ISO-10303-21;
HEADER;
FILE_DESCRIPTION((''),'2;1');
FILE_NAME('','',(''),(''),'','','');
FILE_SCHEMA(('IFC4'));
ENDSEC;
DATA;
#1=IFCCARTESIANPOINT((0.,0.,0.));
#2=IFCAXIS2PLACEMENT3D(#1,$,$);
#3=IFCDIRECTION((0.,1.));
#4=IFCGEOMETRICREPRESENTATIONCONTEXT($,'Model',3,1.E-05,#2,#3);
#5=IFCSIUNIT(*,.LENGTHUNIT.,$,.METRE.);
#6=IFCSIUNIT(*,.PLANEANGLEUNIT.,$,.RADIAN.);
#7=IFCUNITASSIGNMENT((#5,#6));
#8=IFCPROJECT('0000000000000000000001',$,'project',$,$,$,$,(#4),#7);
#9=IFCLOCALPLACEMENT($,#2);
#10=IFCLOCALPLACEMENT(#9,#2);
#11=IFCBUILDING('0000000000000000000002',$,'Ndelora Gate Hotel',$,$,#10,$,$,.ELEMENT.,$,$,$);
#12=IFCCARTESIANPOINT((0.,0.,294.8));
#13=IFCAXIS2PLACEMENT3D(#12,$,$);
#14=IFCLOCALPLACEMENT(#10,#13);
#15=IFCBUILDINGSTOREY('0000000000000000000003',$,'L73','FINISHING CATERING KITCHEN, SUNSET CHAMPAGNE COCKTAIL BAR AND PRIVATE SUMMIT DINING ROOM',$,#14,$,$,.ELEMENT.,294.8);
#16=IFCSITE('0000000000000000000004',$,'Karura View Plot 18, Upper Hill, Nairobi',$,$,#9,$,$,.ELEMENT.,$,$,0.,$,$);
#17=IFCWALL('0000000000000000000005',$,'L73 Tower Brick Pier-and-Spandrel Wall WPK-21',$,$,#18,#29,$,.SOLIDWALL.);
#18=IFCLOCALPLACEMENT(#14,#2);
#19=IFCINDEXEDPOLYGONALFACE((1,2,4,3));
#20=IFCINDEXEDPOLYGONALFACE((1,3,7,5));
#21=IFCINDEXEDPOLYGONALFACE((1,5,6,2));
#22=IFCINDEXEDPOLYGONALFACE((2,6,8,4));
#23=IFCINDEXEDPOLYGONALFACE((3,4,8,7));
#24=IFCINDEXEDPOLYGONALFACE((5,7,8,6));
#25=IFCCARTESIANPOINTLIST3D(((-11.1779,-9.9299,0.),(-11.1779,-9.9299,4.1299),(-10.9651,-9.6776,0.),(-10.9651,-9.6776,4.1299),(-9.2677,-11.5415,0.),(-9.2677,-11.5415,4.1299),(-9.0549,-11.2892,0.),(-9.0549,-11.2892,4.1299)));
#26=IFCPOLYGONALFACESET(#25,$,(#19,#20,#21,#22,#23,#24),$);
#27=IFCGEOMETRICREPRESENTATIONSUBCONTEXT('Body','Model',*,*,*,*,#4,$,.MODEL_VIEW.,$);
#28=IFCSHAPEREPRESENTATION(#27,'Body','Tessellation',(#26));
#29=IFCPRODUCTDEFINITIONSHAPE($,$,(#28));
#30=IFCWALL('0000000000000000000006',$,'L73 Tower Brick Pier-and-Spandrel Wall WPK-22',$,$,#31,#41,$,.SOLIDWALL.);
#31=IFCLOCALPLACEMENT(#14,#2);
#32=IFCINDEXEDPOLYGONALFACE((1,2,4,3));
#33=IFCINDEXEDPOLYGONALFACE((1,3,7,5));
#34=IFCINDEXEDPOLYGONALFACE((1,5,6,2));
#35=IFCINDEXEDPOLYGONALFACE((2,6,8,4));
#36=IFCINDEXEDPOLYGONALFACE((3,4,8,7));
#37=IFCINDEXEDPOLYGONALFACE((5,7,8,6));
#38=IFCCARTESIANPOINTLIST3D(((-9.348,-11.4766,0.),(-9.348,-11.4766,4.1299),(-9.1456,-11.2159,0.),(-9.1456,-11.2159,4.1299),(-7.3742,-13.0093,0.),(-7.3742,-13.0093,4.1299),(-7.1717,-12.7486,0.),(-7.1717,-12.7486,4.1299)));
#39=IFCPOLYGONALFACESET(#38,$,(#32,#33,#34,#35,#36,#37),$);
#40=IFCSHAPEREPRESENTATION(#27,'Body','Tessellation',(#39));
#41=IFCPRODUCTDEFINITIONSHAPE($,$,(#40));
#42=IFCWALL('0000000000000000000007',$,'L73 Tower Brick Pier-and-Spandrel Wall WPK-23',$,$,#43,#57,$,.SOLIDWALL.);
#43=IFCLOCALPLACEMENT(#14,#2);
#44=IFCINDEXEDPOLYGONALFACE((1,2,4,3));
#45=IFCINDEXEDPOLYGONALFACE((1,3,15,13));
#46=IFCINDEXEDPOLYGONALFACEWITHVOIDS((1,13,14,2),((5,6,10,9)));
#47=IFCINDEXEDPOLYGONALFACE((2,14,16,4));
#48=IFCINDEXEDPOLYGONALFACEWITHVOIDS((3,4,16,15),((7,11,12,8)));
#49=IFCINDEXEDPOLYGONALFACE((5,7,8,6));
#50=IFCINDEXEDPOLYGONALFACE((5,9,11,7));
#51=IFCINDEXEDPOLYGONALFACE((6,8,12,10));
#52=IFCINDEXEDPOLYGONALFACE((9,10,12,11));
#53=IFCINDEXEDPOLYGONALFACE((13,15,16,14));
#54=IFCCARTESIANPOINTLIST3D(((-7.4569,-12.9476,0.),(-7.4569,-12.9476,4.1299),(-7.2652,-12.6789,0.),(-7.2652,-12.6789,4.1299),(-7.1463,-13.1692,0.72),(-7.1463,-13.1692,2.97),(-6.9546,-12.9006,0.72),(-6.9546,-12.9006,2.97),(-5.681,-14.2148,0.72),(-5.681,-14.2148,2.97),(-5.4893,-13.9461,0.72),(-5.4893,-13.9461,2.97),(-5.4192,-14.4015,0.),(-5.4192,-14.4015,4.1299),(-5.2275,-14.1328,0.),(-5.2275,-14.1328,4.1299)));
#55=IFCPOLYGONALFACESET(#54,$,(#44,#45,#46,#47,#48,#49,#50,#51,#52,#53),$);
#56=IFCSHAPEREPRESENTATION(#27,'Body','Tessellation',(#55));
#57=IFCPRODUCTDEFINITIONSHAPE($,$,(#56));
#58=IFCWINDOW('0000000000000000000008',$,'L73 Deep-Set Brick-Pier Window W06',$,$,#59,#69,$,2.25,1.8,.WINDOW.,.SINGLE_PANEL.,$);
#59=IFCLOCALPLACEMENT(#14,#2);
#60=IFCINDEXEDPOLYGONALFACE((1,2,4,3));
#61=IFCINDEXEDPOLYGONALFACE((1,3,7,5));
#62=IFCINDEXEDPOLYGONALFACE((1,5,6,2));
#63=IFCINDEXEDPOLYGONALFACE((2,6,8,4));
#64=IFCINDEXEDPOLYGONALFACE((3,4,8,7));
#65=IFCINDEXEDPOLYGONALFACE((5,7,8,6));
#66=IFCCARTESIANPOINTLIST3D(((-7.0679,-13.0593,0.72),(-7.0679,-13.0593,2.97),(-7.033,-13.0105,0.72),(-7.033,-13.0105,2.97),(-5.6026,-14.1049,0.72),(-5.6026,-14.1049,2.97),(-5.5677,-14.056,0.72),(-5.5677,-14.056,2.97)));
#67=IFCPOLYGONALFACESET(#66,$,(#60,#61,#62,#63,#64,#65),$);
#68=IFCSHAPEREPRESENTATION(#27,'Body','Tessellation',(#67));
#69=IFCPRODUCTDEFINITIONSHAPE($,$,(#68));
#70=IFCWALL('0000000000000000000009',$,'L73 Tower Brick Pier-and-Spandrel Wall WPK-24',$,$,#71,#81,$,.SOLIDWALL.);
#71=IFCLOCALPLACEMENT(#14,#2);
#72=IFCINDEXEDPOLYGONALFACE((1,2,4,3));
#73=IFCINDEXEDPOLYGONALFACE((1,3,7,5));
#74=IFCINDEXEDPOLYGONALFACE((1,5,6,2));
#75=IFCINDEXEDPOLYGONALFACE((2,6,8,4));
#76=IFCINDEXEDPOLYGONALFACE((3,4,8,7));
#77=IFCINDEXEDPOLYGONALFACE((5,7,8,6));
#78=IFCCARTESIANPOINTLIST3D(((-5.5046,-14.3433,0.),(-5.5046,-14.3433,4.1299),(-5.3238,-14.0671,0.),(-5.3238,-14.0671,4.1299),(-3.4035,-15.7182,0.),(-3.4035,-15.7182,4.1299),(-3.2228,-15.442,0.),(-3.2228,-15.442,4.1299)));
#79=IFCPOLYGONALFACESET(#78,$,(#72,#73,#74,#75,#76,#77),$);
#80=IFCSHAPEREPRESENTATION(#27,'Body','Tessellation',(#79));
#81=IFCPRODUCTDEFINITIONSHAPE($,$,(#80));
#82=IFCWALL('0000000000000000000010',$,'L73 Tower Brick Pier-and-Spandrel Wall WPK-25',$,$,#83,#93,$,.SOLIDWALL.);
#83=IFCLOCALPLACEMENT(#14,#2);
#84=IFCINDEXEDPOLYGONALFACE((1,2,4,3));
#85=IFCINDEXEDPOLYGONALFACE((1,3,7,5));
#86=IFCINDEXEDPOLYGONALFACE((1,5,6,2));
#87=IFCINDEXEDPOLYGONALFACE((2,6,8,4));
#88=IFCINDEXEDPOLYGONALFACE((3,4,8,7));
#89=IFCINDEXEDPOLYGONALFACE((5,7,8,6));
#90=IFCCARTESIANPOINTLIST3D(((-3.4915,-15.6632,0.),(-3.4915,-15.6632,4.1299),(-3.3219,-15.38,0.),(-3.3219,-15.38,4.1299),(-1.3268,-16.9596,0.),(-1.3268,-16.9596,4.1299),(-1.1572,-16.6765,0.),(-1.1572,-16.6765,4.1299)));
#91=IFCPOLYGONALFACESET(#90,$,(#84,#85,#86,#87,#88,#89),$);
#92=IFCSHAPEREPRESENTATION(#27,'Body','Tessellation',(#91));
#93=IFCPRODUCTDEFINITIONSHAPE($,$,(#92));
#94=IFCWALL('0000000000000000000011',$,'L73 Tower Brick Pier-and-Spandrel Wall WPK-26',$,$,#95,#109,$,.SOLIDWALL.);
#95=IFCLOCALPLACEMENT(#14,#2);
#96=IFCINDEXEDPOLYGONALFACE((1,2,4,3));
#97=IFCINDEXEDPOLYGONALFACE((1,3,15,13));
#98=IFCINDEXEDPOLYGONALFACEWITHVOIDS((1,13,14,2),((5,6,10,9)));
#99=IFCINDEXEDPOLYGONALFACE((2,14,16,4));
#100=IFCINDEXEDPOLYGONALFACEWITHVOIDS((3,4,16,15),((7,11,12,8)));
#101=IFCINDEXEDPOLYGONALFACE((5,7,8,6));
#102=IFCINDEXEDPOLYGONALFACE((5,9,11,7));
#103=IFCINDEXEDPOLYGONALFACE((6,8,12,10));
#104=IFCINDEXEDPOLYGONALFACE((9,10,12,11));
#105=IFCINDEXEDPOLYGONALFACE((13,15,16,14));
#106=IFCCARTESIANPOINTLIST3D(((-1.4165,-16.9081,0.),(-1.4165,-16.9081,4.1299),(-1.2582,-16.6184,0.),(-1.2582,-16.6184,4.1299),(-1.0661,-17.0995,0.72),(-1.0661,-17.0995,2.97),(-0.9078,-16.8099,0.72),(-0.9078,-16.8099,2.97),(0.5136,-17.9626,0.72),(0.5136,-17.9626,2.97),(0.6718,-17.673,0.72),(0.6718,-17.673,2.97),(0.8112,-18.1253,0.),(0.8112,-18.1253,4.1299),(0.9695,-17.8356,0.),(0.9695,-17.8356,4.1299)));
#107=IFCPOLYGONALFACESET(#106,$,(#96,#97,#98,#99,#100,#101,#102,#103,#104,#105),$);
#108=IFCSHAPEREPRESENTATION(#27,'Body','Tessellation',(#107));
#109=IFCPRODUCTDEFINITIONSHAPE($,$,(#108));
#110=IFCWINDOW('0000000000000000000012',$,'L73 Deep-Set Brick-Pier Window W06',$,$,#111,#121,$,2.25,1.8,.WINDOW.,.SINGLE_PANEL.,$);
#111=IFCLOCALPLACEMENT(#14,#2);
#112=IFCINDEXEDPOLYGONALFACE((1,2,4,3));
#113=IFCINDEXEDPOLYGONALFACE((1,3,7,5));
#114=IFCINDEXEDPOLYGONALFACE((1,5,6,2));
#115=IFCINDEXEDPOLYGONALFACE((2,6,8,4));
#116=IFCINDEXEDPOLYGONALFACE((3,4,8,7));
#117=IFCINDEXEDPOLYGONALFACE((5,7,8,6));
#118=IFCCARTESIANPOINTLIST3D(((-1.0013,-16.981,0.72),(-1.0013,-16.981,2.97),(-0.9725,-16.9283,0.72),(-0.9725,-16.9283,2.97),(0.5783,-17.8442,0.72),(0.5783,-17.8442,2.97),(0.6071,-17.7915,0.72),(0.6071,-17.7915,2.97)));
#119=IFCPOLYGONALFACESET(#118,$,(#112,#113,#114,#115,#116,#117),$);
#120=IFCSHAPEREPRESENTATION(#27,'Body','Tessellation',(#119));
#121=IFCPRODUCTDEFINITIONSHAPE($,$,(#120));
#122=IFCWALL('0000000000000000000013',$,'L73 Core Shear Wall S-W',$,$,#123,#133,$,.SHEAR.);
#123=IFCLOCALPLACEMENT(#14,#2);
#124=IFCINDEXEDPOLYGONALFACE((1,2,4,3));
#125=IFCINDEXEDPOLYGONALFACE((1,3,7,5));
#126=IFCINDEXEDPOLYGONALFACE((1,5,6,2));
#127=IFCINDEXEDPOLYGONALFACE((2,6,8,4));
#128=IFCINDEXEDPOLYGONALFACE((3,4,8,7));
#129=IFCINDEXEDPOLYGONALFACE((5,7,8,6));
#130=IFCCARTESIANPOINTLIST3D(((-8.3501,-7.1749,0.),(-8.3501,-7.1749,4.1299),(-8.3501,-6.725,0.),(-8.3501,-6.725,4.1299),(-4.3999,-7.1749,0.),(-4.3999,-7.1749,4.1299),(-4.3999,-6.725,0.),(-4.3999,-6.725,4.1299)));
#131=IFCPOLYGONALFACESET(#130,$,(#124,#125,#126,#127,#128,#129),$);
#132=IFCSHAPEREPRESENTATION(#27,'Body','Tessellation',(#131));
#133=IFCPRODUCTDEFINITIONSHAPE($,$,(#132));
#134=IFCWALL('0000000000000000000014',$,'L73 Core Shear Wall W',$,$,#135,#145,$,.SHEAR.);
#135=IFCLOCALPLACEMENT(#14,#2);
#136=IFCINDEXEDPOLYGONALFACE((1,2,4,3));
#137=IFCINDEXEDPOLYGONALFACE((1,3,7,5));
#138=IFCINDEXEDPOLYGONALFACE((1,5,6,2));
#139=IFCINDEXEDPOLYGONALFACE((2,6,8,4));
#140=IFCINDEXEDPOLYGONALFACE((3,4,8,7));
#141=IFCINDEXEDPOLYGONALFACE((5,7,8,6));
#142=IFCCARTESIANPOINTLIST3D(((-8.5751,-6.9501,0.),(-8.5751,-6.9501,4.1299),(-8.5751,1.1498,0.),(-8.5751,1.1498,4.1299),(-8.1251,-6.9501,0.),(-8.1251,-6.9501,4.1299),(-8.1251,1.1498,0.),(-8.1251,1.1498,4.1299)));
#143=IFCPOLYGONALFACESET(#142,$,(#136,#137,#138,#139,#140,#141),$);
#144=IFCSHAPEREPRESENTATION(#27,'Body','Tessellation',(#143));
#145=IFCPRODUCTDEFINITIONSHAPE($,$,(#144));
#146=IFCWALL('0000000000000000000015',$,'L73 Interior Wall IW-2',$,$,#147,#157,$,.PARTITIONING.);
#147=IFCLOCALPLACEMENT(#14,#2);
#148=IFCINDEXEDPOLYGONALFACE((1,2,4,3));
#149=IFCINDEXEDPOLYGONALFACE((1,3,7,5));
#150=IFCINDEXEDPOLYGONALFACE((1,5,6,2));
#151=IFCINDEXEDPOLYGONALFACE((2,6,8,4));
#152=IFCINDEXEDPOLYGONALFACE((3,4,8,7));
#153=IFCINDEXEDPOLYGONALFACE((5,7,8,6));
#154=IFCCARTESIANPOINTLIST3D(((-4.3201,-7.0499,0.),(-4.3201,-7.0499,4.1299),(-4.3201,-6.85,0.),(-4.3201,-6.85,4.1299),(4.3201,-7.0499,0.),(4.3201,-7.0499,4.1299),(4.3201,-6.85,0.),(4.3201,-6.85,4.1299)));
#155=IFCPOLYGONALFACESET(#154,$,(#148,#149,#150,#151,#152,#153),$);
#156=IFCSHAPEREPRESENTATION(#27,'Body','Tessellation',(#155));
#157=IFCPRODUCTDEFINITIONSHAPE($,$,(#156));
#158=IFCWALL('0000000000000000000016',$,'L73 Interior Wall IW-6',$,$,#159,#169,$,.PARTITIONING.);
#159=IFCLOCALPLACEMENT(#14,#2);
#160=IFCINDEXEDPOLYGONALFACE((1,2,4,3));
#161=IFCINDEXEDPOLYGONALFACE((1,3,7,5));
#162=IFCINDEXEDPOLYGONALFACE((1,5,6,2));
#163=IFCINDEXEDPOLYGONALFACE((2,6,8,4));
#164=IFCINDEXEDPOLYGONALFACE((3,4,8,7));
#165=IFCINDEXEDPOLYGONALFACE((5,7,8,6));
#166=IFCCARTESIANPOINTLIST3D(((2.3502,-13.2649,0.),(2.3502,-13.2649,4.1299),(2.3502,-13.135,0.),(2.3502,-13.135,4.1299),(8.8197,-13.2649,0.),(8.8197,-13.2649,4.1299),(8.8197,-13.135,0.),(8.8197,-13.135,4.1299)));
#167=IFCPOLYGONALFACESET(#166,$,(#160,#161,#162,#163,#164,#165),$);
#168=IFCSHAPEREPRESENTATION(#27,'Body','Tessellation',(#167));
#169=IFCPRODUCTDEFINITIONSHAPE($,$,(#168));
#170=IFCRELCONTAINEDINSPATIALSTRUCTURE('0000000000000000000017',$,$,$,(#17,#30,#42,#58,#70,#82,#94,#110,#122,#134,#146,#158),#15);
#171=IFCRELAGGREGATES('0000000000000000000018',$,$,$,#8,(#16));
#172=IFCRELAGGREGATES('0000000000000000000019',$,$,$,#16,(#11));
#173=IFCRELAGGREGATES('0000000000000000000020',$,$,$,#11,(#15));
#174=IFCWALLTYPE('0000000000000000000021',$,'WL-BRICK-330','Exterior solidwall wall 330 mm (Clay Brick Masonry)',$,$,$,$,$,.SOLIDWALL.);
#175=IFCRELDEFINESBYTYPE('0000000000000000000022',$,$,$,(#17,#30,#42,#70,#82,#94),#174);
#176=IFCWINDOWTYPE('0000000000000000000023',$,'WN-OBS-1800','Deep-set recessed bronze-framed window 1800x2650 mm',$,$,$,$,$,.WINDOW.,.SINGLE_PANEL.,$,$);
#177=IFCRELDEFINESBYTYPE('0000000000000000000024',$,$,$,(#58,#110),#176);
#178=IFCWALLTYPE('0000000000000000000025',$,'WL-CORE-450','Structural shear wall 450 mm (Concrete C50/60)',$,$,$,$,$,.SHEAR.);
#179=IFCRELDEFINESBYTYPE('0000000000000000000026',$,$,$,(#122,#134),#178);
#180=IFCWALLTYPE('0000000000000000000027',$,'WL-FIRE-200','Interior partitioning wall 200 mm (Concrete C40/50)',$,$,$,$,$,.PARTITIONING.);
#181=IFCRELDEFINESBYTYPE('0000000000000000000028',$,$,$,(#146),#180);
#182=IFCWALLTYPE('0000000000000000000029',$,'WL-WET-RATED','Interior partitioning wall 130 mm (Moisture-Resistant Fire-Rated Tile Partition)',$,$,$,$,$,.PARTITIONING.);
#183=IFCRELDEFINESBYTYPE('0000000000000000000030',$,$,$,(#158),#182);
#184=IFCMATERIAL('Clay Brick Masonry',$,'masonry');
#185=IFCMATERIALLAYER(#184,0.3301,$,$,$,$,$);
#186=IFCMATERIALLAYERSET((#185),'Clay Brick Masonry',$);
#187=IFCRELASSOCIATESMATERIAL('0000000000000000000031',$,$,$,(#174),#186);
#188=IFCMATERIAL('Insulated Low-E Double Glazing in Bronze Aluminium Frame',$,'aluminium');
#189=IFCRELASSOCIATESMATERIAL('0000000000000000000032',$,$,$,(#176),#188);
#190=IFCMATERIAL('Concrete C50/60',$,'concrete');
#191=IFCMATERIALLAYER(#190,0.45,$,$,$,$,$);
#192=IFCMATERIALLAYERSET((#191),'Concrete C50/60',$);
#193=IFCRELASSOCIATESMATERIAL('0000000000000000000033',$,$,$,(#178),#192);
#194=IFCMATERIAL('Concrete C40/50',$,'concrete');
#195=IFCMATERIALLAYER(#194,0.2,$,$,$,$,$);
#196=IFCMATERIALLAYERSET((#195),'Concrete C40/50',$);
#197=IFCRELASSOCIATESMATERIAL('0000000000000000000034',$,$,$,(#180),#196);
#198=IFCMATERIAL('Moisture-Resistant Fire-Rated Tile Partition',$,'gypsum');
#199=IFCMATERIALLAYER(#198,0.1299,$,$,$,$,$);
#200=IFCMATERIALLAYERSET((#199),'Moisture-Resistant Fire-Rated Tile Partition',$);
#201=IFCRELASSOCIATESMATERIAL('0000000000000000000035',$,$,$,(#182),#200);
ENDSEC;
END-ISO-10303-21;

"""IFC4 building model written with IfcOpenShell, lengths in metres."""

from ifc_helpers import new_model, si_unit, direction, frame, frame_2d, origin, place, context, subcontext, project, spatial, rectangle, extrude, material, layer, layer_set, type_object, element, fill, save


model = new_model("IFC4")

# Units and contexts
model_context = context("Model", 3, precision=1e-05, world=origin(), true_north=direction((0.0, 1.0)))
body_context = subcontext(model_context, "Body", "Model", "MODEL_VIEW")
ifc_project = project(units=[si_unit("LENGTHUNIT", "METRE"), si_unit("PLANEANGLEUNIT", "RADIAN")], contexts=[model_context])

# Site, building, storey
site_placement = place(None, origin())
site = spatial("IfcSite", under=ifc_project, at=site_placement, Name="Karura View Plot 18, Upper Hill, Nairobi", CompositionType="ELEMENT", RefElevation=0.0)
building_placement = place(site_placement, origin())
building = spatial("IfcBuilding", under=site, at=building_placement, Name="Ndelora Gate Hotel", CompositionType="ELEMENT")
storey_placement = place(building_placement, frame((0.0, 0.0, 294.8)))
storey = spatial("IfcBuildingStorey", under=building, at=storey_placement, Name="L73", Description="FINISHING CATERING KITCHEN, SUNSET CHAMPAGNE COCKTAIL BAR AND PRIVATE SUMMIT DINING ROOM", CompositionType="ELEMENT", Elevation=294.8)

# Shared definitions
ifc_material_1 = material(Name="Concrete C50/60", Category="concrete")

# Walls
ifc_material_2 = material(Name="Clay Brick Masonry", Category="masonry")
ifc_layer_1 = layer(ifc_material_2, 0.3301)
ifc_layer_set_1 = layer_set([ifc_layer_1], Name="Clay Brick Masonry")
wall_type_1 = type_object("IfcWallType", Name="WL-BRICK-330", Description="Exterior solidwall wall 330 mm (Clay Brick Masonry)", PredefinedType="SOLIDWALL", material=ifc_layer_set_1)
wall_1_placement = place(storey_placement, frame((-9.1614, -11.4153, 0.0), z_axis=(0.0, 0.0, 1.0), x_axis=(-0.764316, 0.644842, 0.0)))
element("IfcWall", 1, at=wall_1_placement, inside=storey, type_object=wall_type_1, Name="L73 Tower Brick Pier-and-Spandrel Wall WPK-21", PredefinedType="SOLIDWALL", context=body_context, shape_type="SweptSolid", body=[
    extrude(rectangle(XDim=2.4993, YDim=0.3301, at=frame_2d((1.2495, 0.0))), origin(), (0.0, 0.0, 1.0), 4.1299),
])
wall_2_placement = place(storey_placement, frame((-7.2729, -12.8789, 0.0), z_axis=(0.0, 0.0, 1.0), x_axis=(-0.789841, 0.613311, 0.0)))
element("IfcWall", 2, at=wall_2_placement, inside=storey, type_object=wall_type_1, Name="L73 Tower Brick Pier-and-Spandrel Wall WPK-22", PredefinedType="SOLIDWALL", context=body_context, shape_type="SweptSolid", body=[
    extrude(rectangle(XDim=2.499, YDim=0.3301, at=frame_2d((1.2495, 0.0))), origin(), (0.0, 0.0, 1.0), 4.1299),
])

# Wall, opening, window
wall_3_placement = place(storey_placement, frame((-5.3235, -14.2671, 0.0), z_axis=(0.0, 0.0, 1.0), x_axis=(-0.81403, 0.580823, 0.0)))
wall_3 = element("IfcWall", 3, at=wall_3_placement, inside=storey, type_object=wall_type_1, Name="L73 Tower Brick Pier-and-Spandrel Wall WPK-23", PredefinedType="SOLIDWALL", context=body_context, shape_type="SweptSolid", body=[
    extrude(rectangle(XDim=2.5032, YDim=0.3301, at=frame_2d((1.2515, 0.0))), origin(), (0.0, 0.0, 1.0), 4.1299),
])
opening_1_placement = place(wall_3_placement, frame((0.3215, 0.0, 0.72)))
opening_1 = element("IfcOpeningElement", 4, at=opening_1_placement, cuts=wall_3, PredefinedType="OPENING", context=body_context, shape_type="SweptSolid", body=[
    extrude(rectangle(XDim=1.8, YDim=2.25, at=frame_2d((0.8999, 1.125))), frame((0.0, 0.175, 0.0), z_axis=(0.0, -1.0, 0.0), x_axis=(1.0, 0.0, 0.0)), (0.0, 0.0, 1.0), 0.3501),
])
ifc_material_3 = material(Name="Insulated Low-E Double Glazing in Bronze Aluminium Frame", Category="aluminium")
window_type = type_object("IfcWindowType", Name="WN-OBS-1800", Description="Deep-set recessed bronze-framed window 1800x2650 mm", PartitioningType="SINGLE_PANEL", PredefinedType="WINDOW", material=ifc_material_3)
window_1_placement = place(opening_1_placement, origin())
window_1 = element("IfcWindow", 5, at=window_1_placement, inside=storey, type_object=window_type, Name="L73 Deep-Set Brick-Pier Window W06", OverallHeight=2.25, OverallWidth=1.8, PartitioningType="SINGLE_PANEL", PredefinedType="WINDOW", context=body_context, shape_type="SweptSolid", body=[
    extrude(rectangle(XDim=1.8, YDim=2.25, at=frame_2d((0.8999, 1.125))), frame((0.0, 0.03, 0.0), z_axis=(0.0, -1.0, 0.0), x_axis=(1.0, 0.0, 0.0)), (0.0, 0.0, 1.0), 0.0601),
])
fill(opening_1, window_1)

# Walls
wall_4_placement = place(storey_placement, frame((-3.3132, -15.5801, 0.0), z_axis=(0.0, 0.0, 1.0), x_axis=(-0.836747, 0.54759, 0.0)))
element("IfcWall", 6, at=wall_4_placement, inside=storey, type_object=wall_type_1, Name="L73 Tower Brick Pier-and-Spandrel Wall WPK-24", PredefinedType="SOLIDWALL", context=body_context, shape_type="SweptSolid", body=[
    extrude(rectangle(XDim=2.511, YDim=0.3301, at=frame_2d((1.2554, 0.0))), origin(), (0.0, 0.0, 1.0), 4.1299),
])
wall_5_placement = place(storey_placement, frame((-1.2419, -16.8181, 0.0), z_axis=(0.0, 0.0, 1.0), x_axis=(-0.857902, 0.513813, 0.0)))
element("IfcWall", 7, at=wall_5_placement, inside=storey, type_object=wall_type_1, Name="L73 Tower Brick Pier-and-Spandrel Wall WPK-25", PredefinedType="SOLIDWALL", context=body_context, shape_type="SweptSolid", body=[
    extrude(rectangle(XDim=2.5232, YDim=0.3301, at=frame_2d((1.2617, 0.0))), origin(), (0.0, 0.0, 1.0), 4.1299),
])

# Wall, opening, window
wall_6_placement = place(storey_placement, frame((0.8904, -17.9805, 0.0), z_axis=(0.0, 0.0, 1.0), x_axis=(-0.877543, 0.479499, 0.0)))
wall_6 = element("IfcWall", 8, at=wall_6_placement, inside=storey, type_object=wall_type_1, Name="L73 Tower Brick Pier-and-Spandrel Wall WPK-26", PredefinedType="SOLIDWALL", context=body_context, shape_type="SweptSolid", body=[
    extrude(rectangle(XDim=2.5386, YDim=0.3301, at=frame_2d((1.2693, 0.0))), origin(), (0.0, 0.0, 1.0), 4.1299),
])
opening_2_placement = place(wall_6_placement, frame((0.3394, 0.0, 0.72)))
opening_2 = element("IfcOpeningElement", 9, at=opening_2_placement, cuts=wall_6, PredefinedType="OPENING", context=body_context, shape_type="SweptSolid", body=[
    extrude(rectangle(XDim=1.8, YDim=2.25, at=frame_2d((0.8999, 1.125))), frame((0.0, 0.175, 0.0), z_axis=(0.0, -1.0, 0.0), x_axis=(1.0, 0.0, 0.0)), (0.0, 0.0, 1.0), 0.3501),
])
window_2_placement = place(opening_2_placement, origin())
window_2 = element("IfcWindow", 10, at=window_2_placement, inside=storey, type_object=window_type, Name="L73 Deep-Set Brick-Pier Window W06", OverallHeight=2.25, OverallWidth=1.8, PartitioningType="SINGLE_PANEL", PredefinedType="WINDOW", context=body_context, shape_type="SweptSolid", body=[
    extrude(rectangle(XDim=1.8, YDim=2.25, at=frame_2d((0.8999, 1.125))), frame((0.0, 0.03, 0.0), z_axis=(0.0, -1.0, 0.0), x_axis=(1.0, 0.0, 0.0)), (0.0, 0.0, 1.0), 0.0601),
])
fill(opening_2, window_2)

# Walls
ifc_layer_2 = layer(ifc_material_1, 0.45)
ifc_layer_set_2 = layer_set([ifc_layer_2], Name="Concrete C50/60")
wall_type_2 = type_object("IfcWallType", Name="WL-CORE-450", Description="Structural shear wall 450 mm (Concrete C50/60)", PredefinedType="SHEAR", material=ifc_layer_set_2)
wall_7_placement = place(storey_placement, frame((-8.3501, -6.95, 0.0), z_axis=(0.0, 0.0, 1.0), x_axis=(1.0, 0.0, 0.0)))
element("IfcWall", 11, at=wall_7_placement, inside=storey, type_object=wall_type_2, Name="L73 Core Shear Wall S-W", PredefinedType="SHEAR", context=body_context, shape_type="SweptSolid", body=[
    extrude(rectangle(XDim=3.9502, YDim=0.45, at=frame_2d((1.9751, 0.0))), origin(), (0.0, 0.0, 1.0), 4.1299),
])
wall_8_placement = place(storey_placement, frame((-8.3501, -6.95, 0.0), z_axis=(0.0, 0.0, 1.0), x_axis=(0.0, 1.0, 0.0)))
element("IfcWall", 12, at=wall_8_placement, inside=storey, type_object=wall_type_2, Name="L73 Core Shear Wall W", PredefinedType="SHEAR", context=body_context, shape_type="SweptSolid", body=[
    extrude(rectangle(XDim=8.0999, YDim=0.45, at=frame_2d((4.0498, 0.0))), origin(), (0.0, 0.0, 1.0), 4.1299),
])
ifc_material_4 = material(Name="Concrete C40/50", Category="concrete")
ifc_layer_3 = layer(ifc_material_4, 0.2)
ifc_layer_set_3 = layer_set([ifc_layer_3], Name="Concrete C40/50")
wall_type_3 = type_object("IfcWallType", Name="WL-FIRE-200", Description="Interior partitioning wall 200 mm (Concrete C40/50)", PredefinedType="PARTITIONING", material=ifc_layer_set_3)
wall_9_placement = place(storey_placement, frame((-4.3201, -6.95, 0.0), z_axis=(0.0, 0.0, 1.0), x_axis=(1.0, 0.0, 0.0)))
element("IfcWall", 13, at=wall_9_placement, inside=storey, type_object=wall_type_3, Name="L73 Interior Wall IW-2", PredefinedType="PARTITIONING", context=body_context, shape_type="SweptSolid", body=[
    extrude(rectangle(XDim=8.6401, YDim=0.2, at=frame_2d((4.3201, 0.0))), origin(), (0.0, 0.0, 1.0), 4.1299),
])
ifc_material_5 = material(Name="Moisture-Resistant Fire-Rated Tile Partition", Category="gypsum")
ifc_layer_4 = layer(ifc_material_5, 0.1299)
ifc_layer_set_4 = layer_set([ifc_layer_4], Name="Moisture-Resistant Fire-Rated Tile Partition")
wall_type_4 = type_object("IfcWallType", Name="WL-WET-RATED", Description="Interior partitioning wall 130 mm (Moisture-Resistant Fire-Rated Tile Partition)", PredefinedType="PARTITIONING", material=ifc_layer_set_4)
wall_10_placement = place(storey_placement, frame((2.3501, -13.2, 0.0), z_axis=(0.0, 0.0, 1.0), x_axis=(1.0, 0.0, 0.0)))
element("IfcWall", 14, at=wall_10_placement, inside=storey, type_object=wall_type_4, Name="L73 Interior Wall IW-6", PredefinedType="PARTITIONING", context=body_context, shape_type="SweptSolid", body=[
    extrude(rectangle(XDim=6.4695, YDim=0.1299, at=frame_2d((3.2349, 0.0))), origin(), (0.0, 0.0, 1.0), 4.1299),
])

save(model, "model.ifc")
